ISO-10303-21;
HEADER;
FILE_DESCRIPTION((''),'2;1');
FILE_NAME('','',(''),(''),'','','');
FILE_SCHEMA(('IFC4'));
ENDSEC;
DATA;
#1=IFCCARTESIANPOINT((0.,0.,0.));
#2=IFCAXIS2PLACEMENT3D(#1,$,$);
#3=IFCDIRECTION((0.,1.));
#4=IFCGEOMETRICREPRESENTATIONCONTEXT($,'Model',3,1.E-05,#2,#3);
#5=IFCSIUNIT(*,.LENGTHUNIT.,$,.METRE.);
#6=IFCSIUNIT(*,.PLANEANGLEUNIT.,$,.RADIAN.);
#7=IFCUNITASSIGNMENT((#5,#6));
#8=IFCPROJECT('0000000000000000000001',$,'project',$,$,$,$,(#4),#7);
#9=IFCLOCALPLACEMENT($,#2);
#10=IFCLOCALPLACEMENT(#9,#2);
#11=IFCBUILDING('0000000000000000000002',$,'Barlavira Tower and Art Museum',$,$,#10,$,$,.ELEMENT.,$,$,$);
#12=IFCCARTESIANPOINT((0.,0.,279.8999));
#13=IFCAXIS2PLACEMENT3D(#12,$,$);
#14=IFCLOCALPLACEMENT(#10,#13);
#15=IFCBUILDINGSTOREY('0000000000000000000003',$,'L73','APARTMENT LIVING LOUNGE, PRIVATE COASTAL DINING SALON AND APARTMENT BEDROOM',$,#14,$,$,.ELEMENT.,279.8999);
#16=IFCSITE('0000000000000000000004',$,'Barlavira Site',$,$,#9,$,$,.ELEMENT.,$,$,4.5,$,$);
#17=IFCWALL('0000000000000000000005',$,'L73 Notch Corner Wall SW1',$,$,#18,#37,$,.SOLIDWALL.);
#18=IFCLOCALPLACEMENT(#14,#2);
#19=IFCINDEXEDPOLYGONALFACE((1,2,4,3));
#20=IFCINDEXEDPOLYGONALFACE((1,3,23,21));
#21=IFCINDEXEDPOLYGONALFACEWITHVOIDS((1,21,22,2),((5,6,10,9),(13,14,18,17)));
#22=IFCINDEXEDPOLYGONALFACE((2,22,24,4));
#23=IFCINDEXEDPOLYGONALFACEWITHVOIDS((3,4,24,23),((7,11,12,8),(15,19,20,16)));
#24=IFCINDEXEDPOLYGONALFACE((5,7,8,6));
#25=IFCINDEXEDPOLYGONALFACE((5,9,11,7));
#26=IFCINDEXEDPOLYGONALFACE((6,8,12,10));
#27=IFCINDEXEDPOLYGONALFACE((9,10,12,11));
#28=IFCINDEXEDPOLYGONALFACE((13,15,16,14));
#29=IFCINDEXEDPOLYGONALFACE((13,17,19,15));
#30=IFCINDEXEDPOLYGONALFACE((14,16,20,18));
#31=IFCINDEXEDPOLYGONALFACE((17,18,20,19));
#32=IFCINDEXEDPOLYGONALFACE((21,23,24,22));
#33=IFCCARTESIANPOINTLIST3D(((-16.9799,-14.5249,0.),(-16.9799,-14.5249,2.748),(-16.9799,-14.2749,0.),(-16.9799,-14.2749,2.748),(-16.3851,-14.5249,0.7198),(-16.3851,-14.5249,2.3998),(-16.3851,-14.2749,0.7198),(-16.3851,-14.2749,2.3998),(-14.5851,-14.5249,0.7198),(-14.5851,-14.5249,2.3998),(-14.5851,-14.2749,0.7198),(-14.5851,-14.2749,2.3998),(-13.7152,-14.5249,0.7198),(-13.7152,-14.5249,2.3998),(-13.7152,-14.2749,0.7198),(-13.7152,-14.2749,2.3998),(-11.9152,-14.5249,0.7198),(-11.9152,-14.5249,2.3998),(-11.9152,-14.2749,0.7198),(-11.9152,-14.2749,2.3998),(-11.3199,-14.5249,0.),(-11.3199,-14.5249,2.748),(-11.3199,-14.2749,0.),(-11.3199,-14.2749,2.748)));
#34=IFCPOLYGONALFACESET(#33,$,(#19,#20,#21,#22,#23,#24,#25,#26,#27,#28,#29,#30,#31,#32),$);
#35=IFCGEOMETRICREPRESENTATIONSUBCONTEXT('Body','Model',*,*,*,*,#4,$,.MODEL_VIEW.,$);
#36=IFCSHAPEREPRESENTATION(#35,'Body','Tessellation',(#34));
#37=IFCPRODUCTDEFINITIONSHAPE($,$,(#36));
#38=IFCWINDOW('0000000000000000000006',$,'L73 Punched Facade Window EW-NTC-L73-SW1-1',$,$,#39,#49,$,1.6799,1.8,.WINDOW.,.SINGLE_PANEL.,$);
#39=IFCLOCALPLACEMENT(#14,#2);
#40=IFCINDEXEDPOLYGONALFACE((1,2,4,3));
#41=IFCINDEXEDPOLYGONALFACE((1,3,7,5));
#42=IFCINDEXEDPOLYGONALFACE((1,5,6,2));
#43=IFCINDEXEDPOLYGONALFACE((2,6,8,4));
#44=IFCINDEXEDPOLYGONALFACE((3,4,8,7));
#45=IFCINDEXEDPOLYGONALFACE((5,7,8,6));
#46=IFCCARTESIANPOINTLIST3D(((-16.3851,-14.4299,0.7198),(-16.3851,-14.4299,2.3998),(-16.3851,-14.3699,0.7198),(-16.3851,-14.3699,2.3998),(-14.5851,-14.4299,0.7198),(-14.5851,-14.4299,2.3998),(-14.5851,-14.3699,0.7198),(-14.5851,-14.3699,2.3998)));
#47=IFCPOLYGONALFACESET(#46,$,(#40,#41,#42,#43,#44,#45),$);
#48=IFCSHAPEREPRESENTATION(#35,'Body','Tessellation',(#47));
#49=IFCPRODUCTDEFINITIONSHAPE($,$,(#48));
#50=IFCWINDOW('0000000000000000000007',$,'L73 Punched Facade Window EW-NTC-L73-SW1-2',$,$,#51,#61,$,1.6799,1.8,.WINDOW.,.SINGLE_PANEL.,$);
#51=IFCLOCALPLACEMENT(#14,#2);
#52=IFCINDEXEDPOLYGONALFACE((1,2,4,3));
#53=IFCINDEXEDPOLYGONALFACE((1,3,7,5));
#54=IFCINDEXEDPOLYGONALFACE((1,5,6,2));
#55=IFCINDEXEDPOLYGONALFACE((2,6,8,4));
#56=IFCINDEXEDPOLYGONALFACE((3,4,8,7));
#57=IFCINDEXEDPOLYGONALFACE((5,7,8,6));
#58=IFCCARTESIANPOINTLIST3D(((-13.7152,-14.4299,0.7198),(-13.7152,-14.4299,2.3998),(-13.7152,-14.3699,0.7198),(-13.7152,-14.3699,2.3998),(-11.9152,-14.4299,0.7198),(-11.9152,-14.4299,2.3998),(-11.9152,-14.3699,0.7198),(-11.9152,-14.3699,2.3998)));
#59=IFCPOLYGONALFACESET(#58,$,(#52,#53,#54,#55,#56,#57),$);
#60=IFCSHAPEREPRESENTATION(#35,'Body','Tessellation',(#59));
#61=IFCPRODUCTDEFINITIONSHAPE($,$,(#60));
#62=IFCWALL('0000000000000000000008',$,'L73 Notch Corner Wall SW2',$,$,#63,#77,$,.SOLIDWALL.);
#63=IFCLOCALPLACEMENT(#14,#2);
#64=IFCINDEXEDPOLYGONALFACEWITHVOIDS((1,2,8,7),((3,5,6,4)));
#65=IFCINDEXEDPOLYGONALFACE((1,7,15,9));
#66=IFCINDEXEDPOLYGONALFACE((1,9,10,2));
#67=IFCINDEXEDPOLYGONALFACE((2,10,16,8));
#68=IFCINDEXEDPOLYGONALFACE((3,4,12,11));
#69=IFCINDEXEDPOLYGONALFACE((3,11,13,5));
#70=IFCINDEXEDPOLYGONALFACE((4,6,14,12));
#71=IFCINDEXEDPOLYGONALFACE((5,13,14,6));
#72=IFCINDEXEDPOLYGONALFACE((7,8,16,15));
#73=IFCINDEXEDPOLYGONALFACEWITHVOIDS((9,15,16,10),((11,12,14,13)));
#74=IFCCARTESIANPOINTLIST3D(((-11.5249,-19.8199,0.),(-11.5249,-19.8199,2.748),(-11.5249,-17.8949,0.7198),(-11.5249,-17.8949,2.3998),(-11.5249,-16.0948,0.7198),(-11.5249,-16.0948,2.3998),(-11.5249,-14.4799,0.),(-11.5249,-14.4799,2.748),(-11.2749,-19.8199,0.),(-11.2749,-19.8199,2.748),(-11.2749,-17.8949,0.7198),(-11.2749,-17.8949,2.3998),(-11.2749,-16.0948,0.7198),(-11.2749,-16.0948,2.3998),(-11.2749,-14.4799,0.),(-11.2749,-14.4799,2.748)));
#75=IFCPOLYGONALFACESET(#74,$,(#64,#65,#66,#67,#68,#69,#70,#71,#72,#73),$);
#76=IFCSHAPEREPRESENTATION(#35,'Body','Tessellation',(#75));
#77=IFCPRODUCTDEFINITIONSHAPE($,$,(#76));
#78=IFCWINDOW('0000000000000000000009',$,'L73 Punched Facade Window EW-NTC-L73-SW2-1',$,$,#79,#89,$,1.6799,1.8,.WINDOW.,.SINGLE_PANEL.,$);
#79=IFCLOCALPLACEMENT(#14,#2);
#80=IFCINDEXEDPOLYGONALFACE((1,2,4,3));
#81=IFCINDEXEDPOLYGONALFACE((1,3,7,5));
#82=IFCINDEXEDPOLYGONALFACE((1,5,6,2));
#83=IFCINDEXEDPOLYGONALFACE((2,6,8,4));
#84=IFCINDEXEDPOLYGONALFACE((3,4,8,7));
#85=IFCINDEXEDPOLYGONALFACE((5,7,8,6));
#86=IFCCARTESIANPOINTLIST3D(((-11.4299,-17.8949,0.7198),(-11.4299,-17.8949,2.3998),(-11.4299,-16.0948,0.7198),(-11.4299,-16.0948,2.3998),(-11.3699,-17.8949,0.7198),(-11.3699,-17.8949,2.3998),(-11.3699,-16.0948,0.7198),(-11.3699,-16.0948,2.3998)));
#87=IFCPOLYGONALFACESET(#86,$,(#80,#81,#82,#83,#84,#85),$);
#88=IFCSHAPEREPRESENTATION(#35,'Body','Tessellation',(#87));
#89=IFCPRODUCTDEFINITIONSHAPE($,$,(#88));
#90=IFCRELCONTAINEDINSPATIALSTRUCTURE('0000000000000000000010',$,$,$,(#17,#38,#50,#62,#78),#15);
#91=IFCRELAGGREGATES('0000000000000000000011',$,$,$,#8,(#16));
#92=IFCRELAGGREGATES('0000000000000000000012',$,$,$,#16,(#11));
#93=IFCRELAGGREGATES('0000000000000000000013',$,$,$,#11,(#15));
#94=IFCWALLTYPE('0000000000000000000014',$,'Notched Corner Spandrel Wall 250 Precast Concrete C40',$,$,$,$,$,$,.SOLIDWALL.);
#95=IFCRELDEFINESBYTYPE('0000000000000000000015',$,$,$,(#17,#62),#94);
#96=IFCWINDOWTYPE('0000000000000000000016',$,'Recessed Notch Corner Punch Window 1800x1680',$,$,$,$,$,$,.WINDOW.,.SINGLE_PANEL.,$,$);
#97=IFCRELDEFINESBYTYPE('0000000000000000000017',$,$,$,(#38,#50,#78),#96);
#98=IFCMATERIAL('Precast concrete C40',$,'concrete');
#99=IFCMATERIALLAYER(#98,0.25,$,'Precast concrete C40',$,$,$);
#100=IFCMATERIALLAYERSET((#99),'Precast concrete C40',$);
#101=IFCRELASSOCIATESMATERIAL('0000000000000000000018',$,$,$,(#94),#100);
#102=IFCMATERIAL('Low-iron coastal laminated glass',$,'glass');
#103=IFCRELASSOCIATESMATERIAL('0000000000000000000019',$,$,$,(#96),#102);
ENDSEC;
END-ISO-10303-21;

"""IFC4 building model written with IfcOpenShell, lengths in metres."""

from ifc_helpers import new_model, si_unit, direction, frame, frame_2d, origin, place, context, subcontext, project, spatial, rectangle, extrude, material, layer, layer_set, type_object, element, fill, save


model = new_model("IFC4")

# Units and contexts
model_context = context("Model", 3, precision=1e-05, world=origin(), true_north=direction((0.0, 1.0)))
body_context = subcontext(model_context, "Body", "Model", "MODEL_VIEW")
ifc_project = project(units=[si_unit("LENGTHUNIT", "METRE"), si_unit("PLANEANGLEUNIT", "RADIAN")], contexts=[model_context])

# Site, building, storey
site_placement = place(None, origin())
site = spatial("IfcSite", under=ifc_project, at=site_placement, Name="Barlavira Site", CompositionType="ELEMENT", RefElevation=4.5)
building_placement = place(site_placement, origin())
building = spatial("IfcBuilding", under=site, at=building_placement, Name="Barlavira Tower and Art Museum", CompositionType="ELEMENT")
storey_placement = place(building_placement, frame((0.0, 0.0, 279.8999)))
storey = spatial("IfcBuildingStorey", under=building, at=storey_placement, Name="L73", Description="APARTMENT LIVING LOUNGE, PRIVATE COASTAL DINING SALON AND APARTMENT BEDROOM", CompositionType="ELEMENT", Elevation=279.8999)

# Shared definitions
ifc_material_1 = material(Name="Precast concrete C40", Category="concrete")
ifc_layer_1 = layer(ifc_material_1, 0.25, Name="Precast concrete C40")
ifc_layer_set_1 = layer_set([ifc_layer_1], Name="Precast concrete C40")
wall_type = type_object("IfcWallType", Name="Notched Corner Spandrel Wall 250 Precast Concrete C40", PredefinedType="SOLIDWALL", material=ifc_layer_set_1)
ifc_material_2 = material(Name="Low-iron coastal laminated glass", Category="glass")
window_type = type_object("IfcWindowType", Name="Recessed Notch Corner Punch Window 1800x1680", PartitioningType="SINGLE_PANEL", PredefinedType="WINDOW", material=ifc_material_2)

# Wall, openings, windows
wall_1_placement = place(storey_placement, frame((-16.98, -14.3999, 0.0), z_axis=(0.0, 0.0, 1.0), x_axis=(1.0, 0.0, 0.0)))
wall_1 = element("IfcWall", 1, at=wall_1_placement, inside=storey, type_object=wall_type, Name="L73 Notch Corner Wall SW1", PredefinedType="SOLIDWALL", context=body_context, shape_type="SweptSolid", body=[
    extrude(rectangle(XDim=5.6599, YDim=0.25, at=frame_2d((2.8301, 0.0))), origin(), (0.0, 0.0, 1.0), 2.748),
])
opening_1_placement = place(wall_1_placement, frame((0.595, 0.0, 0.72)))
opening_1 = element("IfcOpeningElement", 2, at=opening_1_placement, cuts=wall_1, PredefinedType="OPENING", context=body_context, shape_type="SweptSolid", body=[
    extrude(rectangle(XDim=1.8, YDim=1.6799, at=frame_2d((0.8999, 0.8398))), frame((0.0, 0.135, 0.0), z_axis=(0.0, -1.0, 0.0), x_axis=(1.0, 0.0, 0.0)), (0.0, 0.0, 1.0), 0.27),
])
opening_2_placement = place(wall_1_placement, frame((3.2649, 0.0, 0.72)))
opening_2 = element("IfcOpeningElement", 3, at=opening_2_placement, cuts=wall_1, PredefinedType="OPENING", context=body_context, shape_type="SweptSolid", body=[
    extrude(rectangle(XDim=1.8, YDim=1.6799, at=frame_2d((0.8999, 0.8398))), frame((0.0, 0.135, 0.0), z_axis=(0.0, -1.0, 0.0), x_axis=(1.0, 0.0, 0.0)), (0.0, 0.0, 1.0), 0.27),
])
window_1_placement = place(opening_1_placement, origin())
window_1 = element("IfcWindow", 4, at=window_1_placement, inside=storey, type_object=window_type, Name="L73 Punched Facade Window EW-NTC-L73-SW1-1", OverallHeight=1.6799, OverallWidth=1.8, PartitioningType="SINGLE_PANEL", PredefinedType="WINDOW", context=body_context, shape_type="SweptSolid", body=[
    extrude(rectangle(XDim=1.8, YDim=1.6799, at=frame_2d((0.8999, 0.8398))), frame((0.0, 0.03, 0.0), z_axis=(0.0, -1.0, 0.0), x_axis=(1.0, 0.0, 0.0)), (0.0, 0.0, 1.0), 0.0601),
])
fill(opening_1, window_1)
window_2_placement = place(opening_2_placement, origin())
window_2 = element("IfcWindow", 5, at=window_2_placement, inside=storey, type_object=window_type, Name="L73 Punched Facade Window EW-NTC-L73-SW1-2", OverallHeight=1.6799, OverallWidth=1.8, PartitioningType="SINGLE_PANEL", PredefinedType="WINDOW", context=body_context, shape_type="SweptSolid", body=[
    extrude(rectangle(XDim=1.8, YDim=1.6799, at=frame_2d((0.8999, 0.8398))), frame((0.0, 0.03, 0.0), z_axis=(0.0, -1.0, 0.0), x_axis=(1.0, 0.0, 0.0)), (0.0, 0.0, 1.0), 0.0601),
])
fill(opening_2, window_2)

# Wall, opening, window
wall_2_placement = place(storey_placement, frame((-11.3999, -14.48, 0.0), z_axis=(0.0, 0.0, 1.0), x_axis=(0.0, -1.0, 0.0)))
wall_2 = element("IfcWall", 6, at=wall_2_placement, inside=storey, type_object=wall_type, Name="L73 Notch Corner Wall SW2", PredefinedType="SOLIDWALL", context=body_context, shape_type="SweptSolid", body=[
    extrude(rectangle(XDim=5.3401, YDim=0.25, at=frame_2d((2.6699, 0.0))), origin(), (0.0, 0.0, 1.0), 2.748),
])
opening_3_placement = place(wall_2_placement, frame((1.615, 0.0, 0.72)))
opening_3 = element("IfcOpeningElement", 7, at=opening_3_placement, cuts=wall_2, PredefinedType="OPENING", context=body_context, shape_type="SweptSolid", body=[
    extrude(rectangle(XDim=1.8, YDim=1.6799, at=frame_2d((0.8999, 0.8398))), frame((0.0, 0.135, 0.0), z_axis=(0.0, -1.0, 0.0), x_axis=(1.0, 0.0, 0.0)), (0.0, 0.0, 1.0), 0.27),
])
window_3_placement = place(opening_3_placement, origin())
window_3 = element("IfcWindow", 8, at=window_3_placement, inside=storey, type_object=window_type, Name="L73 Punched Facade Window EW-NTC-L73-SW2-1", OverallHeight=1.6799, OverallWidth=1.8, PartitioningType="SINGLE_PANEL", PredefinedType="WINDOW", context=body_context, shape_type="SweptSolid", body=[
    extrude(rectangle(XDim=1.8, YDim=1.6799, at=frame_2d((0.8999, 0.8398))), frame((0.0, 0.03, 0.0), z_axis=(0.0, -1.0, 0.0), x_axis=(1.0, 0.0, 0.0)), (0.0, 0.0, 1.0), 0.0601),
])
fill(opening_3, window_3)

save(model, "model.ifc")
